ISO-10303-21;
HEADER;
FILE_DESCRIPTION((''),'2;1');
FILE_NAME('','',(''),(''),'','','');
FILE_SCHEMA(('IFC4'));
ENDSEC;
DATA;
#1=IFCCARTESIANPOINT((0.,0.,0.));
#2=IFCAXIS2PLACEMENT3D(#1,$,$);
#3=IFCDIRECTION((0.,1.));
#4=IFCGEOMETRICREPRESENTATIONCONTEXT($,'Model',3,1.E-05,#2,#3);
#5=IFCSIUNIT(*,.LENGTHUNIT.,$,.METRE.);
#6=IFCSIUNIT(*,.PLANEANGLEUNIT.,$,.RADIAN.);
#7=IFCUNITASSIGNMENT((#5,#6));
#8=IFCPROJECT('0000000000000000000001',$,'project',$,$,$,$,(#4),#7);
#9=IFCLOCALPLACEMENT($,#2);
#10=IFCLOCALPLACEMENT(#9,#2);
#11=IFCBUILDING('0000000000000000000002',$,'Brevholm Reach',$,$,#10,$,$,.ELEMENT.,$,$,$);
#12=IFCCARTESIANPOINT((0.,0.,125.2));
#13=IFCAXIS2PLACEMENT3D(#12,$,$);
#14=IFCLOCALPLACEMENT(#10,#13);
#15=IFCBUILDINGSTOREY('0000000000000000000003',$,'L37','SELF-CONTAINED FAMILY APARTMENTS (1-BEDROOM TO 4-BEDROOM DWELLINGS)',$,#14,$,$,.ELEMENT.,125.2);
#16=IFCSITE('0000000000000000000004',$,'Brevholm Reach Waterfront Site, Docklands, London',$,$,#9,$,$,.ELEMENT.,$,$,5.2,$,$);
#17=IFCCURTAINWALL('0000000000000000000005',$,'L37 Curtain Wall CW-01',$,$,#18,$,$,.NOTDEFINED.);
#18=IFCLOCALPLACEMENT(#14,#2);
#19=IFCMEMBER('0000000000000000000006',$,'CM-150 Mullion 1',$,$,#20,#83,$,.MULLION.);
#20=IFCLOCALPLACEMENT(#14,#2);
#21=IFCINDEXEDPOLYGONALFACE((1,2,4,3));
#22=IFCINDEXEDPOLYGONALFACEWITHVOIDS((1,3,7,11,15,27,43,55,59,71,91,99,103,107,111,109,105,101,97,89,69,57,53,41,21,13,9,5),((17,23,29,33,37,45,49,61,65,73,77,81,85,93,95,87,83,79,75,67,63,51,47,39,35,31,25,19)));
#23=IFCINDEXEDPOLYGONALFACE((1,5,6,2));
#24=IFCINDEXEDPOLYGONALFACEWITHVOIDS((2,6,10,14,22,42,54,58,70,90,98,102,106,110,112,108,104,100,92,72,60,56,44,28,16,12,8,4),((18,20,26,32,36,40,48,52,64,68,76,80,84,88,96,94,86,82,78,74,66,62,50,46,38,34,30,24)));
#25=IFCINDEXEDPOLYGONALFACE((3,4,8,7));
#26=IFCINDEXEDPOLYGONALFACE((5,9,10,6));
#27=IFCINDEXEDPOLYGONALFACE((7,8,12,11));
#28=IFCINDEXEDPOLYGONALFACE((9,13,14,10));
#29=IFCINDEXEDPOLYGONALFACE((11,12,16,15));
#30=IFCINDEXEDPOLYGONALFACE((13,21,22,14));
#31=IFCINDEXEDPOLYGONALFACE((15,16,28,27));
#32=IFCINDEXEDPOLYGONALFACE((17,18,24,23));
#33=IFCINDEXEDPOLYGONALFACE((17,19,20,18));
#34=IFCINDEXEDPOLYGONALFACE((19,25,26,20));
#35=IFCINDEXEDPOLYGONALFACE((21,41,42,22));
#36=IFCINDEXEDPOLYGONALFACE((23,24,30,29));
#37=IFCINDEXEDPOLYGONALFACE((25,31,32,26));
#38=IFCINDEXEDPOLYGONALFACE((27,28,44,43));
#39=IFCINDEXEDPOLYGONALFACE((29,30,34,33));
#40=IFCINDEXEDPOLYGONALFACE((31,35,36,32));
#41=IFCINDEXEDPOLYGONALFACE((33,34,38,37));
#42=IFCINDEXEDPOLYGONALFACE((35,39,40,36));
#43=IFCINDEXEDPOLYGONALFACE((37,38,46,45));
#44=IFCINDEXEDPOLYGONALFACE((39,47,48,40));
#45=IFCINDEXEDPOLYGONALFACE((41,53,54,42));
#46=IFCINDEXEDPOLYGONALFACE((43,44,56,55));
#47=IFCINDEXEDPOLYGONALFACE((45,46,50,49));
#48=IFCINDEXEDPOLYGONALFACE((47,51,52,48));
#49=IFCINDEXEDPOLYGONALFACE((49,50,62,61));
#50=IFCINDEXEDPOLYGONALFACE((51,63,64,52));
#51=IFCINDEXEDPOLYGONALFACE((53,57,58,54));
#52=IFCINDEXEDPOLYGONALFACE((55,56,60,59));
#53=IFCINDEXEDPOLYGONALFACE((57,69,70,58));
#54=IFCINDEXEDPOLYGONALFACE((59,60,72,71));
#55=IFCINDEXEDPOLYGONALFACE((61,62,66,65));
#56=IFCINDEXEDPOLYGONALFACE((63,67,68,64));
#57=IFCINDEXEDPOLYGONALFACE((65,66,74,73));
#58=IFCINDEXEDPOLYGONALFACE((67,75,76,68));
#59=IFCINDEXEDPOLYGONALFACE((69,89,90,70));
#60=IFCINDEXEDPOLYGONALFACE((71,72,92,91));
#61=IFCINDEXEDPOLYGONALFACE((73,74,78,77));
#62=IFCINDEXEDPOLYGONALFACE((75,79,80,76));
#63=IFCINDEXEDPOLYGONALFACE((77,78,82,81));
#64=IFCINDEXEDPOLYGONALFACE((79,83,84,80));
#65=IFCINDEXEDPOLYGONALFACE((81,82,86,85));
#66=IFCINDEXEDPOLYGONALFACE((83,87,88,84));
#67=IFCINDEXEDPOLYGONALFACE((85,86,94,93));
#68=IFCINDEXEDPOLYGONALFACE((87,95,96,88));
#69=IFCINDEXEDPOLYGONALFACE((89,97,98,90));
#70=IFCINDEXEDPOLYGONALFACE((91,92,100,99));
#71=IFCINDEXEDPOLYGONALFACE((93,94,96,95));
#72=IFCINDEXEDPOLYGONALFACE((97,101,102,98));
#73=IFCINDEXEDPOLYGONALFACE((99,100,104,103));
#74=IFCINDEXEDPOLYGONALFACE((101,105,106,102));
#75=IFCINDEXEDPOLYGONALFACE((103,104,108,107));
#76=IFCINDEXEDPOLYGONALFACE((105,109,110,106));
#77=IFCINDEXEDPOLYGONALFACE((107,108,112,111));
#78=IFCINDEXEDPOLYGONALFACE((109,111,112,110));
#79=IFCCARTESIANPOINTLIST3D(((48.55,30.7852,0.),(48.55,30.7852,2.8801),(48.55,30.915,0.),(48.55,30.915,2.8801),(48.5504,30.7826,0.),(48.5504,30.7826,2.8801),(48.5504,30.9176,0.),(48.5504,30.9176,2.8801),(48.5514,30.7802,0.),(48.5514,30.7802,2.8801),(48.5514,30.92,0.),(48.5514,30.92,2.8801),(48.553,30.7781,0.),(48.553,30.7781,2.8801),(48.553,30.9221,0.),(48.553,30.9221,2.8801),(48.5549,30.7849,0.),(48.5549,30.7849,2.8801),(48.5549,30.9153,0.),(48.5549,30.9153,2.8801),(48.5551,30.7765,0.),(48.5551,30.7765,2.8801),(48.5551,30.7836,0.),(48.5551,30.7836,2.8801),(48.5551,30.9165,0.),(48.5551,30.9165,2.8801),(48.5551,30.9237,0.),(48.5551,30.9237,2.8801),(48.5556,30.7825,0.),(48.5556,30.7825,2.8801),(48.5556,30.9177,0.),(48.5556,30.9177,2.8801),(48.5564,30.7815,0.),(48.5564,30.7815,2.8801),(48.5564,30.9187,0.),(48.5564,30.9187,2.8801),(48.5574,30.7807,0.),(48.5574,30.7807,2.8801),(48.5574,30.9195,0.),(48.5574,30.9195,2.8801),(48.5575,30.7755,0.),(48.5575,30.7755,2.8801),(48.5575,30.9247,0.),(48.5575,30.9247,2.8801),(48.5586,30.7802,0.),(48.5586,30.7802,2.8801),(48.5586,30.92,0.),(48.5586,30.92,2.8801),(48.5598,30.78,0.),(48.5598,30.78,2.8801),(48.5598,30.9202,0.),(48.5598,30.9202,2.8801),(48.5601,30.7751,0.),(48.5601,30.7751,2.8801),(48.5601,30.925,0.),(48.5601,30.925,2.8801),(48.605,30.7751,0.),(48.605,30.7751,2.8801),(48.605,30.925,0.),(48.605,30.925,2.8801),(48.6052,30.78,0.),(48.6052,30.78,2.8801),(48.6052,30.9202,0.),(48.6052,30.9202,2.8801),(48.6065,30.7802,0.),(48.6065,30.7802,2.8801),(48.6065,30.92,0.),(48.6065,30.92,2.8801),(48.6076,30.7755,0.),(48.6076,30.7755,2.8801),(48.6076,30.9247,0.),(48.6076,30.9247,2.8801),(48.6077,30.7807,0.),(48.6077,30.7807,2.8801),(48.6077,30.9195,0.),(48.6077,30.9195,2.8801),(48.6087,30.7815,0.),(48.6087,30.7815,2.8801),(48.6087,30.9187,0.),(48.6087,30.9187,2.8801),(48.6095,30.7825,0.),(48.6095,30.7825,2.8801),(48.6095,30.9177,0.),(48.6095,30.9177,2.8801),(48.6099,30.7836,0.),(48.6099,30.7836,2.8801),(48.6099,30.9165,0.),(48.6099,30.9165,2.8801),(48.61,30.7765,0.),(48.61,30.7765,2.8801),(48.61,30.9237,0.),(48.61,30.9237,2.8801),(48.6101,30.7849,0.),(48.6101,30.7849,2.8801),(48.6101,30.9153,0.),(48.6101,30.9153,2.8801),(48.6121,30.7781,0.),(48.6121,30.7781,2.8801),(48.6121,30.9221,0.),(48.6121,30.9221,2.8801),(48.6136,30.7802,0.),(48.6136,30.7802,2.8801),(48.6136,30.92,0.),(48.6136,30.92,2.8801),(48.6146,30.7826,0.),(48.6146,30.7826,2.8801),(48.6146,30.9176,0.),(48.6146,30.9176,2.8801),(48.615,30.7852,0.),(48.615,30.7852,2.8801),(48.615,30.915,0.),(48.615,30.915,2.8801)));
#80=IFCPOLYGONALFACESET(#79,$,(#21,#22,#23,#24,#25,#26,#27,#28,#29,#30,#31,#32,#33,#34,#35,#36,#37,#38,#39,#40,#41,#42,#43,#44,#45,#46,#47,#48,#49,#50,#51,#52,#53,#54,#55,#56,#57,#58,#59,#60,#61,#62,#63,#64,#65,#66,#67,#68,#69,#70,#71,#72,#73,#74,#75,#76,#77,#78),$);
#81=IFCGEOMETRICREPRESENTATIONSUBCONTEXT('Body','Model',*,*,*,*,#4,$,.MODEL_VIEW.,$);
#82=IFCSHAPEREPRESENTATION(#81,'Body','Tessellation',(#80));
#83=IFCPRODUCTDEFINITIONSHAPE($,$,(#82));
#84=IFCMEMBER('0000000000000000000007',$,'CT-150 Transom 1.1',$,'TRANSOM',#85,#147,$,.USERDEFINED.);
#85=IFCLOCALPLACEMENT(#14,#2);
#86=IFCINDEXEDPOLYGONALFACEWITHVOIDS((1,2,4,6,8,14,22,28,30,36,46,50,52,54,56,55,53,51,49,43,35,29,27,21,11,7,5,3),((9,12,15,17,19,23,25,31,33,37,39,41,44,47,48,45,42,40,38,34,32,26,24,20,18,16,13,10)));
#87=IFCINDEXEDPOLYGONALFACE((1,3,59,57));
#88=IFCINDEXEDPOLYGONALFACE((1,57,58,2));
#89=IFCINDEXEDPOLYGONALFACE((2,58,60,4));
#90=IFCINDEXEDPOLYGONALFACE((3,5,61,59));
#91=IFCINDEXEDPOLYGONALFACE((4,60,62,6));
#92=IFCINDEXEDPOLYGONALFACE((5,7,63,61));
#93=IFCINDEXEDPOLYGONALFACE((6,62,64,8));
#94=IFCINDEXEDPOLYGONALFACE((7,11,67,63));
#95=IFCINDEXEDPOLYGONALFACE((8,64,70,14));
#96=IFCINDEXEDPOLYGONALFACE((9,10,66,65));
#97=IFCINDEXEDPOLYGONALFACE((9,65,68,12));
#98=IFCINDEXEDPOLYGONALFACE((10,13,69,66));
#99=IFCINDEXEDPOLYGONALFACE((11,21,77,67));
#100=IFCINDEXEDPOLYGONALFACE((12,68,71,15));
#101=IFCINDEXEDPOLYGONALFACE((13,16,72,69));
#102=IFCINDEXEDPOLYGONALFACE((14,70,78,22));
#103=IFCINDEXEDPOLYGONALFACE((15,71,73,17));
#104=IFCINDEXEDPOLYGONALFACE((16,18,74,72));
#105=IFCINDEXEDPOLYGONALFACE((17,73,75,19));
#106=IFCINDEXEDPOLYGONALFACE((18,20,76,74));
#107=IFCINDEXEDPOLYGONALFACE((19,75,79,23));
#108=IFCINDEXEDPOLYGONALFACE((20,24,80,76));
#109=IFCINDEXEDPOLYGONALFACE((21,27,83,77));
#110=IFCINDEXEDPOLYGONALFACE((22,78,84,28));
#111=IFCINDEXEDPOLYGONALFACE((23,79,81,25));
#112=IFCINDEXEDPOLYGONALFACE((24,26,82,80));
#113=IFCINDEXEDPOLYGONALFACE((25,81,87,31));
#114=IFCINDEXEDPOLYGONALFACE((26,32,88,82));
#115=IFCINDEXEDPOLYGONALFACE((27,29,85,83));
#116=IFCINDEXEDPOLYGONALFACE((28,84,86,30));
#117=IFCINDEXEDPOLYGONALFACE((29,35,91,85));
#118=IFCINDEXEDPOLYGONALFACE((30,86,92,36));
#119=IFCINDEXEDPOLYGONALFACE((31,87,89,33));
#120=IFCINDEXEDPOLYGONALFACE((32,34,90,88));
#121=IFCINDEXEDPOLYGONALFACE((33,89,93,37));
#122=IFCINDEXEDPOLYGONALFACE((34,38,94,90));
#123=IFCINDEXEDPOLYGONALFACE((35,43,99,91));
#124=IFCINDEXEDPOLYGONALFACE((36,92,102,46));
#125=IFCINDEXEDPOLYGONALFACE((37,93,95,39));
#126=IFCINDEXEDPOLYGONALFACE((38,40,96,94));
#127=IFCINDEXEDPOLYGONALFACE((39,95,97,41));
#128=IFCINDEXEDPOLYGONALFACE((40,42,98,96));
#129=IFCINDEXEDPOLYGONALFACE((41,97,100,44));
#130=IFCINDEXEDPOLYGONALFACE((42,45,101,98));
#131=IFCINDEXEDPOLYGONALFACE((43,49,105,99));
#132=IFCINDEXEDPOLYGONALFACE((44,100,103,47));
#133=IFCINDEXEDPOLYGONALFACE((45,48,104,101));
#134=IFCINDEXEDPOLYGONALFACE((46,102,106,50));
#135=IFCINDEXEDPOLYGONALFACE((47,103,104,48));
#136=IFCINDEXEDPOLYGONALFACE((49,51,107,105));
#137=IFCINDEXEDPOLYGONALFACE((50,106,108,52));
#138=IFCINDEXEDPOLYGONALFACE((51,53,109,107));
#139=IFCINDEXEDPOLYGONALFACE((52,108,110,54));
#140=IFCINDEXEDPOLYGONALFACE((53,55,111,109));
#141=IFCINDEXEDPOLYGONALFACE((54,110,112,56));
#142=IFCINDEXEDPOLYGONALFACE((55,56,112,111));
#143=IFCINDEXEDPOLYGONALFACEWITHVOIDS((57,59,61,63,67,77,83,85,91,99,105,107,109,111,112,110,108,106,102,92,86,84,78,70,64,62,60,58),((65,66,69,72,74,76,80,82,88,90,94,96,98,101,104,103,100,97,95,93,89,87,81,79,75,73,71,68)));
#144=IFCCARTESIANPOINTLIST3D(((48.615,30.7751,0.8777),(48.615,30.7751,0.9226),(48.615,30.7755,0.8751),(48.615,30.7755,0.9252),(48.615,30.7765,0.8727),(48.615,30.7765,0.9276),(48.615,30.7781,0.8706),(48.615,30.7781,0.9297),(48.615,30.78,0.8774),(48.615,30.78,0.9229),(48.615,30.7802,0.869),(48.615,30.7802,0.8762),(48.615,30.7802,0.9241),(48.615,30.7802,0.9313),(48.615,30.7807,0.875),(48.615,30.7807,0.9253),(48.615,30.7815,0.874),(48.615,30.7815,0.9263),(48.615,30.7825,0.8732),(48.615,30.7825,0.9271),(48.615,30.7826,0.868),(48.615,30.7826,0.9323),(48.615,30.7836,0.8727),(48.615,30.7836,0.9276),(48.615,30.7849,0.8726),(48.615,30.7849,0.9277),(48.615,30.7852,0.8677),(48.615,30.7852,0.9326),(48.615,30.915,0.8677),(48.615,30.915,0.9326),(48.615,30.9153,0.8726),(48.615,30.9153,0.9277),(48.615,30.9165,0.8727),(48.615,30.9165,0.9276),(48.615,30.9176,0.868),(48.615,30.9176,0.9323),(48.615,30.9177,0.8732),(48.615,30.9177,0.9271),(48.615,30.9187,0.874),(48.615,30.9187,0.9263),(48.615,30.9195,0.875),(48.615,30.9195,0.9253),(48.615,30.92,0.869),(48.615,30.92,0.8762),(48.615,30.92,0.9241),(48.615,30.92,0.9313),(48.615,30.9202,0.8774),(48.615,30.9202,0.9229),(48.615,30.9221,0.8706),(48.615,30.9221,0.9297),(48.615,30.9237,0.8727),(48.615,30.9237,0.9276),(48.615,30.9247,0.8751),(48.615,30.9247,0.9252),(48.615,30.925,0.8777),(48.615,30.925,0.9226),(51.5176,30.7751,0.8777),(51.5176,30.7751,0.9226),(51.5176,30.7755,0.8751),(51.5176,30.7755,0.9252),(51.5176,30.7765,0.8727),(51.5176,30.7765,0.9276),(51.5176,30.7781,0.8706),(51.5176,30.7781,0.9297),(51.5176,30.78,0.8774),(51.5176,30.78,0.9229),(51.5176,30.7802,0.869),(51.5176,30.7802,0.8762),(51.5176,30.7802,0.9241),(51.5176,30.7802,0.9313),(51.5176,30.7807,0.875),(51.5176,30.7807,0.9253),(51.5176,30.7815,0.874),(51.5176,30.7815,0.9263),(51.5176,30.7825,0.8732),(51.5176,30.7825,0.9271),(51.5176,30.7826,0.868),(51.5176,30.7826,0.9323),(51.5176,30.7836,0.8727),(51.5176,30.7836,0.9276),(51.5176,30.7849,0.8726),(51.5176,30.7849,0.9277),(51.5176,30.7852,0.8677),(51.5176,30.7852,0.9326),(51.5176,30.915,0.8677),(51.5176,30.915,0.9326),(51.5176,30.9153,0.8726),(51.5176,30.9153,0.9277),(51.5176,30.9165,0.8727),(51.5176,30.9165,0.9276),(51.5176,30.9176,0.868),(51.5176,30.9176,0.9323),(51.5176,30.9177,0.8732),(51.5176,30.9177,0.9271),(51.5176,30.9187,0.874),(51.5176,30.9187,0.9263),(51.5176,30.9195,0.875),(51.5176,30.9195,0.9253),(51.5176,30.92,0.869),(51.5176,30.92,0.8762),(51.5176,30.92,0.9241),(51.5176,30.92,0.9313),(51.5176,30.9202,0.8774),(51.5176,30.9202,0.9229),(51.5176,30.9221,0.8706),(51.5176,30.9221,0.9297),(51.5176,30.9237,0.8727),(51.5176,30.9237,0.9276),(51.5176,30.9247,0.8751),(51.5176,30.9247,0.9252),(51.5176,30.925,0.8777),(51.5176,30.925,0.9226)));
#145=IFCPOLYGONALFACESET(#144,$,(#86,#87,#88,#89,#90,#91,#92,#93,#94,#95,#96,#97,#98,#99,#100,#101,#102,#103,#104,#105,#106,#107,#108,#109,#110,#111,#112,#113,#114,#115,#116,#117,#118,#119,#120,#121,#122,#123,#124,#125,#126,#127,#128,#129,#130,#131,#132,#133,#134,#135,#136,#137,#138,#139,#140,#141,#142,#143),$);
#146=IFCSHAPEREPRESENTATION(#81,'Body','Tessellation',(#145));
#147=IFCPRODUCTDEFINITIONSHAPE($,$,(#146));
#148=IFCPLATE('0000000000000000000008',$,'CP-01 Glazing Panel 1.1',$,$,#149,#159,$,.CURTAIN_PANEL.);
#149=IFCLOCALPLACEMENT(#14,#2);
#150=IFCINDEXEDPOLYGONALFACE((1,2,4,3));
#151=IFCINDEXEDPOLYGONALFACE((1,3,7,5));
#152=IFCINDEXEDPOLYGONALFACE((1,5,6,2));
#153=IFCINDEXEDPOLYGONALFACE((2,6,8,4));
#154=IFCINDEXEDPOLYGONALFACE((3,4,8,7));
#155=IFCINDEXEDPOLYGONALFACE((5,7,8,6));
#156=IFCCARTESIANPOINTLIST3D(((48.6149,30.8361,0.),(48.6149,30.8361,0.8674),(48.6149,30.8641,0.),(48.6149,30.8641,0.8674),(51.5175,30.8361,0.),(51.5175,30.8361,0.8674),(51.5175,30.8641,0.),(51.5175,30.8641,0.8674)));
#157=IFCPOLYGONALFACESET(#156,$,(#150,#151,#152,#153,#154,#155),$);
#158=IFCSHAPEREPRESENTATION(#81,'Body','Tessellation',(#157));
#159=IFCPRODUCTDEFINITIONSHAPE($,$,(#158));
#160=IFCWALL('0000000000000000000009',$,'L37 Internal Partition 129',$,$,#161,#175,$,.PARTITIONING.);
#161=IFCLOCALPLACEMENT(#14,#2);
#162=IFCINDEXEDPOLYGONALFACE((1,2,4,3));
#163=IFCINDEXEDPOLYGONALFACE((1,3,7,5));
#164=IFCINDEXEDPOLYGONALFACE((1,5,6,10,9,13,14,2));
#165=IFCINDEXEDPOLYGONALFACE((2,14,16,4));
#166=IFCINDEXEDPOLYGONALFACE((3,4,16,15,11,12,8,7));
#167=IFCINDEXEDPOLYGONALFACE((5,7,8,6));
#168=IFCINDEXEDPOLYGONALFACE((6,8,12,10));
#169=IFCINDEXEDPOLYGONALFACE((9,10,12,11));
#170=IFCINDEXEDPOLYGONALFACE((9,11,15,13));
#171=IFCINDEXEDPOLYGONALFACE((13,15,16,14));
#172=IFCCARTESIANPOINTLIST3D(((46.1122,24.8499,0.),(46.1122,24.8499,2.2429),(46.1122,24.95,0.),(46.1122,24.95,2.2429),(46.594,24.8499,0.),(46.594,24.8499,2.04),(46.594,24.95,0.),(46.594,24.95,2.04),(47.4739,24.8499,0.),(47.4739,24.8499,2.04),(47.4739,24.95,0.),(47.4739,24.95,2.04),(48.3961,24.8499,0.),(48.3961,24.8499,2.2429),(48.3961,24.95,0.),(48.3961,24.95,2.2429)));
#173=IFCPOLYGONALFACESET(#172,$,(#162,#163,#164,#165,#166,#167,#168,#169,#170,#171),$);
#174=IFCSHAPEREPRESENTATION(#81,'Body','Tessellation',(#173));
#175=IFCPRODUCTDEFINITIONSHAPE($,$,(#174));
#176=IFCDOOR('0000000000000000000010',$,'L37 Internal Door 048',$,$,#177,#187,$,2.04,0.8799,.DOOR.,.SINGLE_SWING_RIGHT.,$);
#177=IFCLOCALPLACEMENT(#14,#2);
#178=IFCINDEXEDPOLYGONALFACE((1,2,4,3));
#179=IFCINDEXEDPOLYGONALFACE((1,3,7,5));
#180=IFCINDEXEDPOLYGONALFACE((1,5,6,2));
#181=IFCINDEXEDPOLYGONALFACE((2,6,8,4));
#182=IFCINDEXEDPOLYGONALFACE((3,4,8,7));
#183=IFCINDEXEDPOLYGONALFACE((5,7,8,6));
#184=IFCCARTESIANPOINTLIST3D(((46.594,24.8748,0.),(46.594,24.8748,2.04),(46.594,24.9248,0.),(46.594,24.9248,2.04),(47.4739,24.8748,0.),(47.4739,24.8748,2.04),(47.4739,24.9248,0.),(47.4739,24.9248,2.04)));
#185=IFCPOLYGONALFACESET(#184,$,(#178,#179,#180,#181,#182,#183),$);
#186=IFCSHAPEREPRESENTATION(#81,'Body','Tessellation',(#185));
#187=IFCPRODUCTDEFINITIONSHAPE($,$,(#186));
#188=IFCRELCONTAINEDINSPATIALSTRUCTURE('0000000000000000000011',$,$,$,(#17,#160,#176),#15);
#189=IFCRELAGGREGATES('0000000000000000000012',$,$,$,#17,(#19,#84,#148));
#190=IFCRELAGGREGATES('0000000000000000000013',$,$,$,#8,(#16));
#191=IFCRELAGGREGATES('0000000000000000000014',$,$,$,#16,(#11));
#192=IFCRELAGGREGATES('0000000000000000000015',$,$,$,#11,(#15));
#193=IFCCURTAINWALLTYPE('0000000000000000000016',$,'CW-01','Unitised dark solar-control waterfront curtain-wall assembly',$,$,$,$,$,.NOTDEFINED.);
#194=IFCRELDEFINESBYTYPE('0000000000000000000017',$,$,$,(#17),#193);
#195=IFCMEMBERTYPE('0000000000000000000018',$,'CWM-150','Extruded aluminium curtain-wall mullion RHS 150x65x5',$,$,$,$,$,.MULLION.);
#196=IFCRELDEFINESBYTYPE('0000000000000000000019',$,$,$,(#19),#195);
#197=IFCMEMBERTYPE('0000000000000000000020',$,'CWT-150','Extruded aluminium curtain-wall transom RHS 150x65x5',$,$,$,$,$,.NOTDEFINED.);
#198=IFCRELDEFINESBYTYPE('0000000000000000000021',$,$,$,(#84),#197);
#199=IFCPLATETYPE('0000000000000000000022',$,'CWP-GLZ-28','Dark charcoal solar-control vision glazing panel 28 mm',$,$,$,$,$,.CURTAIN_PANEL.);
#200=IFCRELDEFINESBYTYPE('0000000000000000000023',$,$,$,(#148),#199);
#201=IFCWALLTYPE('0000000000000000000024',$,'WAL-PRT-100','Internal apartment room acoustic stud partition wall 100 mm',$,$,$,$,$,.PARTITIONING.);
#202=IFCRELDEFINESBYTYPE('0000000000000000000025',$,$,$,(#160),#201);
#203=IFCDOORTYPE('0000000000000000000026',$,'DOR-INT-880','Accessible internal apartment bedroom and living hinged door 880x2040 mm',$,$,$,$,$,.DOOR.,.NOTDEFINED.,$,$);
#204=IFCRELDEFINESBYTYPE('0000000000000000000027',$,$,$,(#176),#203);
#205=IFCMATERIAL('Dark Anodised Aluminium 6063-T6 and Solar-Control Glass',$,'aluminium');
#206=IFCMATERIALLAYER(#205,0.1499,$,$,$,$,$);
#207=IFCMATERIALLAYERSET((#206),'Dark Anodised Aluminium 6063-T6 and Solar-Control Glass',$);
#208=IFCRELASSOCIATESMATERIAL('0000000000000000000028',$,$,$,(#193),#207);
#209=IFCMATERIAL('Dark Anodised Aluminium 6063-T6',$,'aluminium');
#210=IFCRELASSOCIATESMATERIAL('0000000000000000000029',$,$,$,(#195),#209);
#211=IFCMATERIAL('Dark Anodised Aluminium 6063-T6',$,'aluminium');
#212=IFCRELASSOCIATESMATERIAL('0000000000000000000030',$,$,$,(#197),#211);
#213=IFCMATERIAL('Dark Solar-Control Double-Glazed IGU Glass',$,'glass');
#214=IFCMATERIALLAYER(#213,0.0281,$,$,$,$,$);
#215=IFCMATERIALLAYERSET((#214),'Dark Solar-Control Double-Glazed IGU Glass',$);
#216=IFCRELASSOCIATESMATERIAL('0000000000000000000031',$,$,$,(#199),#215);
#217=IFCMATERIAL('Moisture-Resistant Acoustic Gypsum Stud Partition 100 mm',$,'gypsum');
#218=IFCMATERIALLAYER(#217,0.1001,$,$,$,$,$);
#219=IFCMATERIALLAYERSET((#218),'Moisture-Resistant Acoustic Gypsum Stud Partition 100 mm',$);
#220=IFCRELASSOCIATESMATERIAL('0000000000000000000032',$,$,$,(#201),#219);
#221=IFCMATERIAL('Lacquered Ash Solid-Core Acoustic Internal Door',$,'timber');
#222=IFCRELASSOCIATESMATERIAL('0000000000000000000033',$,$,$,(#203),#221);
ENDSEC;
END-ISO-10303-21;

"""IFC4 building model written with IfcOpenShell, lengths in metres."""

from ifc_helpers import new_model, si_unit, direction, frame, frame_2d, origin, origin_2d, place, context, subcontext, project, spatial, rectangle, hollow_rectangle, extrude, material, layer, layer_set, material_profile, profile_set, type_object, element, fill, aggregate, save


model = new_model("IFC4")

# Units and contexts
model_context = context("Model", 3, precision=1e-05, world=origin(), true_north=direction((0.0, 1.0)))
body_context = subcontext(model_context, "Body", "Model", "MODEL_VIEW")
ifc_project = project(units=[si_unit("LENGTHUNIT", "METRE"), si_unit("PLANEANGLEUNIT", "RADIAN")], contexts=[model_context])

# Site, building, storey
site_placement = place(None, origin())
site = spatial("IfcSite", under=ifc_project, at=site_placement, Name="Brevholm Reach Waterfront Site, Docklands, London", CompositionType="ELEMENT", RefElevation=5.2)
building_placement = place(site_placement, origin())
building = spatial("IfcBuilding", under=site, at=building_placement, Name="Brevholm Reach", CompositionType="ELEMENT")
storey_placement = place(building_placement, frame((0.0, 0.0, 125.2)))
storey = spatial("IfcBuildingStorey", under=building, at=storey_placement, Name="L37", Description="SELF-CONTAINED FAMILY APARTMENTS (1-BEDROOM TO 4-BEDROOM DWELLINGS)", CompositionType="ELEMENT", Elevation=125.2)

# Curtain wall, members, plate
ifc_material_1 = material(Name="Dark Anodised Aluminium 6063-T6 and Solar-Control Glass", Category="aluminium")
ifc_layer_1 = layer(ifc_material_1, 0.1499)
ifc_layer_set_1 = layer_set([ifc_layer_1], Name="Dark Anodised Aluminium 6063-T6 and Solar-Control Glass")
curtain_wall_type = type_object("IfcCurtainWallType", Name="CW-01", Description="Unitised dark solar-control waterfront curtain-wall assembly", PredefinedType="NOTDEFINED", material=ifc_layer_set_1)
curtain_wall_placement = place(storey_placement, origin())
curtain_wall = element("IfcCurtainWall", 1, at=curtain_wall_placement, inside=storey, type_object=curtain_wall_type, Name="L37 Curtain Wall CW-01", PredefinedType="NOTDEFINED")
ifc_material_2 = material(Name="Dark Anodised Aluminium 6063-T6", Category="aluminium")
ifc_material_profile_1 = material_profile(ifc_material_2, hollow_rectangle(XDim=0.0649, YDim=0.1499, WallThickness=0.0049, InnerFilletRadius=0.0049, OuterFilletRadius=0.01, at=origin_2d()), Name="RHS 150x65x5")
ifc_profile_set_1 = profile_set([ifc_material_profile_1], Name="Dark Anodised Aluminium 6063-T6")
member_type_1 = type_object("IfcMemberType", Name="CWM-150", Description="Extruded aluminium curtain-wall mullion RHS 150x65x5", PredefinedType="MULLION", material=ifc_profile_set_1)
member_1_placement = place(storey_placement, frame((48.5825, 30.8501, 0.0), z_axis=(0.0, 0.0, 1.0), x_axis=(1.0, 0.0, 0.0)))
member_1 = element("IfcMember", 2, at=member_1_placement, type_object=member_type_1, Name="CM-150 Mullion 1", PredefinedType="MULLION", context=body_context, shape_type="SweptSolid", body=[
    extrude(hollow_rectangle(XDim=0.0649, YDim=0.1499, WallThickness=0.0049, InnerFilletRadius=0.0049, OuterFilletRadius=0.01, at=origin_2d()), origin(), (0.0, 0.0, 1.0), 2.8801),
])
ifc_material_3 = material(Name="Dark Anodised Aluminium 6063-T6", Category="aluminium")
ifc_material_profile_2 = material_profile(ifc_material_3, hollow_rectangle(XDim=0.0649, YDim=0.1499, WallThickness=0.0049, InnerFilletRadius=0.0049, OuterFilletRadius=0.01, at=origin_2d()), Name="RHS 150x65x5")
ifc_profile_set_2 = profile_set([ifc_material_profile_2], Name="Dark Anodised Aluminium 6063-T6")
member_type_2 = type_object("IfcMemberType", Name="CWT-150", Description="Extruded aluminium curtain-wall transom RHS 150x65x5", PredefinedType="NOTDEFINED", material=ifc_profile_set_2)
member_2_placement = place(storey_placement, frame((48.615, 30.8501, 0.9001), z_axis=(1.0, 0.0, 0.0), x_axis=(0.0, 0.0, 1.0)))
member_2 = element("IfcMember", 3, at=member_2_placement, type_object=member_type_2, Name="CT-150 Transom 1.1", ObjectType="TRANSOM", PredefinedType="USERDEFINED", context=body_context, shape_type="SweptSolid", body=[
    extrude(hollow_rectangle(XDim=0.0649, YDim=0.1499, WallThickness=0.0049, InnerFilletRadius=0.0049, OuterFilletRadius=0.01, at=origin_2d()), origin(), (0.0, 0.0, 1.0), 2.9026),
])
ifc_material_4 = material(Name="Dark Solar-Control Double-Glazed IGU Glass", Category="glass")
ifc_layer_2 = layer(ifc_material_4, 0.0281)
ifc_layer_set_2 = layer_set([ifc_layer_2], Name="Dark Solar-Control Double-Glazed IGU Glass")
plate_type = type_object("IfcPlateType", Name="CWP-GLZ-28", Description="Dark charcoal solar-control vision glazing panel 28 mm", PredefinedType="CURTAIN_PANEL", material=ifc_layer_set_2)
plate_placement = place(storey_placement, frame((50.0662, 30.8501, 0.0), z_axis=(0.0, 0.0, 1.0), x_axis=(1.0, 0.0, 0.0)))
plate = element("IfcPlate", 4, at=plate_placement, type_object=plate_type, Name="CP-01 Glazing Panel 1.1", PredefinedType="CURTAIN_PANEL", context=body_context, shape_type="SweptSolid", body=[
    extrude(rectangle(XDim=2.9026, YDim=0.0281, at=origin_2d()), origin(), (0.0, 0.0, 1.0), 0.8674),
])
aggregate(curtain_wall, [member_1, member_2, plate])

# Wall, opening, door
ifc_material_5 = material(Name="Moisture-Resistant Acoustic Gypsum Stud Partition 100 mm", Category="gypsum")
ifc_layer_3 = layer(ifc_material_5, 0.1001)
ifc_layer_set_3 = layer_set([ifc_layer_3], Name="Moisture-Resistant Acoustic Gypsum Stud Partition 100 mm")
wall_type_1 = type_object("IfcWallType", Name="WAL-PRT-100", Description="Internal apartment room acoustic stud partition wall 100 mm", PredefinedType="PARTITIONING", material=ifc_layer_set_3)
wall_1_placement = place(storey_placement, frame((46.1121, 24.8999, 0.0), z_axis=(0.0, 0.0, 1.0), x_axis=(1.0, 0.0, 0.0)))
wall_1 = element("IfcWall", 5, at=wall_1_placement, inside=storey, type_object=wall_type_1, Name="L37 Internal Partition 129", PredefinedType="PARTITIONING", context=body_context, shape_type="SweptSolid", body=[
    extrude(rectangle(XDim=2.2839, YDim=0.1001, at=frame_2d((1.1421, 0.0))), origin(), (0.0, 0.0, 1.0), 2.2429),
])
opening_1_placement = place(wall_1_placement, frame((0.4819, 0.0, 0.0)))
opening_1 = element("IfcOpeningElement", 6, at=opening_1_placement, cuts=wall_1, PredefinedType="OPENING", context=body_context, shape_type="SweptSolid", body=[
    extrude(rectangle(XDim=0.8799, YDim=2.04, at=frame_2d((0.4399, 1.02))), frame((0.0, 0.0601, 0.0), z_axis=(0.0, -1.0, 0.0), x_axis=(1.0, 0.0, 0.0)), (0.0, 0.0, 1.0), 0.1201),
])
ifc_material_6 = material(Name="Lacquered Ash Solid-Core Acoustic Internal Door", Category="timber")
door_type_1 = type_object("IfcDoorType", Name="DOR-INT-880", Description="Accessible internal apartment bedroom and living hinged door 880x2040 mm", OperationType="NOTDEFINED", PredefinedType="DOOR", material=ifc_material_6)
door_1_placement = place(opening_1_placement, origin())
door_1 = element("IfcDoor", 7, at=door_1_placement, inside=storey, type_object=door_type_1, Name="L37 Internal Door 048", OperationType="SINGLE_SWING_RIGHT", OverallHeight=2.04, OverallWidth=0.8799, PredefinedType="DOOR", context=body_context, shape_type="SweptSolid", body=[
    extrude(rectangle(XDim=0.8799, YDim=2.04, at=frame_2d((0.4399, 1.02))), frame((0.0, 0.0249, 0.0), z_axis=(0.0, -1.0, 0.0), x_axis=(1.0, 0.0, 0.0)), (0.0, 0.0, 1.0), 0.05),
])
fill(opening_1, door_1)

save(model, "model.ifc")
